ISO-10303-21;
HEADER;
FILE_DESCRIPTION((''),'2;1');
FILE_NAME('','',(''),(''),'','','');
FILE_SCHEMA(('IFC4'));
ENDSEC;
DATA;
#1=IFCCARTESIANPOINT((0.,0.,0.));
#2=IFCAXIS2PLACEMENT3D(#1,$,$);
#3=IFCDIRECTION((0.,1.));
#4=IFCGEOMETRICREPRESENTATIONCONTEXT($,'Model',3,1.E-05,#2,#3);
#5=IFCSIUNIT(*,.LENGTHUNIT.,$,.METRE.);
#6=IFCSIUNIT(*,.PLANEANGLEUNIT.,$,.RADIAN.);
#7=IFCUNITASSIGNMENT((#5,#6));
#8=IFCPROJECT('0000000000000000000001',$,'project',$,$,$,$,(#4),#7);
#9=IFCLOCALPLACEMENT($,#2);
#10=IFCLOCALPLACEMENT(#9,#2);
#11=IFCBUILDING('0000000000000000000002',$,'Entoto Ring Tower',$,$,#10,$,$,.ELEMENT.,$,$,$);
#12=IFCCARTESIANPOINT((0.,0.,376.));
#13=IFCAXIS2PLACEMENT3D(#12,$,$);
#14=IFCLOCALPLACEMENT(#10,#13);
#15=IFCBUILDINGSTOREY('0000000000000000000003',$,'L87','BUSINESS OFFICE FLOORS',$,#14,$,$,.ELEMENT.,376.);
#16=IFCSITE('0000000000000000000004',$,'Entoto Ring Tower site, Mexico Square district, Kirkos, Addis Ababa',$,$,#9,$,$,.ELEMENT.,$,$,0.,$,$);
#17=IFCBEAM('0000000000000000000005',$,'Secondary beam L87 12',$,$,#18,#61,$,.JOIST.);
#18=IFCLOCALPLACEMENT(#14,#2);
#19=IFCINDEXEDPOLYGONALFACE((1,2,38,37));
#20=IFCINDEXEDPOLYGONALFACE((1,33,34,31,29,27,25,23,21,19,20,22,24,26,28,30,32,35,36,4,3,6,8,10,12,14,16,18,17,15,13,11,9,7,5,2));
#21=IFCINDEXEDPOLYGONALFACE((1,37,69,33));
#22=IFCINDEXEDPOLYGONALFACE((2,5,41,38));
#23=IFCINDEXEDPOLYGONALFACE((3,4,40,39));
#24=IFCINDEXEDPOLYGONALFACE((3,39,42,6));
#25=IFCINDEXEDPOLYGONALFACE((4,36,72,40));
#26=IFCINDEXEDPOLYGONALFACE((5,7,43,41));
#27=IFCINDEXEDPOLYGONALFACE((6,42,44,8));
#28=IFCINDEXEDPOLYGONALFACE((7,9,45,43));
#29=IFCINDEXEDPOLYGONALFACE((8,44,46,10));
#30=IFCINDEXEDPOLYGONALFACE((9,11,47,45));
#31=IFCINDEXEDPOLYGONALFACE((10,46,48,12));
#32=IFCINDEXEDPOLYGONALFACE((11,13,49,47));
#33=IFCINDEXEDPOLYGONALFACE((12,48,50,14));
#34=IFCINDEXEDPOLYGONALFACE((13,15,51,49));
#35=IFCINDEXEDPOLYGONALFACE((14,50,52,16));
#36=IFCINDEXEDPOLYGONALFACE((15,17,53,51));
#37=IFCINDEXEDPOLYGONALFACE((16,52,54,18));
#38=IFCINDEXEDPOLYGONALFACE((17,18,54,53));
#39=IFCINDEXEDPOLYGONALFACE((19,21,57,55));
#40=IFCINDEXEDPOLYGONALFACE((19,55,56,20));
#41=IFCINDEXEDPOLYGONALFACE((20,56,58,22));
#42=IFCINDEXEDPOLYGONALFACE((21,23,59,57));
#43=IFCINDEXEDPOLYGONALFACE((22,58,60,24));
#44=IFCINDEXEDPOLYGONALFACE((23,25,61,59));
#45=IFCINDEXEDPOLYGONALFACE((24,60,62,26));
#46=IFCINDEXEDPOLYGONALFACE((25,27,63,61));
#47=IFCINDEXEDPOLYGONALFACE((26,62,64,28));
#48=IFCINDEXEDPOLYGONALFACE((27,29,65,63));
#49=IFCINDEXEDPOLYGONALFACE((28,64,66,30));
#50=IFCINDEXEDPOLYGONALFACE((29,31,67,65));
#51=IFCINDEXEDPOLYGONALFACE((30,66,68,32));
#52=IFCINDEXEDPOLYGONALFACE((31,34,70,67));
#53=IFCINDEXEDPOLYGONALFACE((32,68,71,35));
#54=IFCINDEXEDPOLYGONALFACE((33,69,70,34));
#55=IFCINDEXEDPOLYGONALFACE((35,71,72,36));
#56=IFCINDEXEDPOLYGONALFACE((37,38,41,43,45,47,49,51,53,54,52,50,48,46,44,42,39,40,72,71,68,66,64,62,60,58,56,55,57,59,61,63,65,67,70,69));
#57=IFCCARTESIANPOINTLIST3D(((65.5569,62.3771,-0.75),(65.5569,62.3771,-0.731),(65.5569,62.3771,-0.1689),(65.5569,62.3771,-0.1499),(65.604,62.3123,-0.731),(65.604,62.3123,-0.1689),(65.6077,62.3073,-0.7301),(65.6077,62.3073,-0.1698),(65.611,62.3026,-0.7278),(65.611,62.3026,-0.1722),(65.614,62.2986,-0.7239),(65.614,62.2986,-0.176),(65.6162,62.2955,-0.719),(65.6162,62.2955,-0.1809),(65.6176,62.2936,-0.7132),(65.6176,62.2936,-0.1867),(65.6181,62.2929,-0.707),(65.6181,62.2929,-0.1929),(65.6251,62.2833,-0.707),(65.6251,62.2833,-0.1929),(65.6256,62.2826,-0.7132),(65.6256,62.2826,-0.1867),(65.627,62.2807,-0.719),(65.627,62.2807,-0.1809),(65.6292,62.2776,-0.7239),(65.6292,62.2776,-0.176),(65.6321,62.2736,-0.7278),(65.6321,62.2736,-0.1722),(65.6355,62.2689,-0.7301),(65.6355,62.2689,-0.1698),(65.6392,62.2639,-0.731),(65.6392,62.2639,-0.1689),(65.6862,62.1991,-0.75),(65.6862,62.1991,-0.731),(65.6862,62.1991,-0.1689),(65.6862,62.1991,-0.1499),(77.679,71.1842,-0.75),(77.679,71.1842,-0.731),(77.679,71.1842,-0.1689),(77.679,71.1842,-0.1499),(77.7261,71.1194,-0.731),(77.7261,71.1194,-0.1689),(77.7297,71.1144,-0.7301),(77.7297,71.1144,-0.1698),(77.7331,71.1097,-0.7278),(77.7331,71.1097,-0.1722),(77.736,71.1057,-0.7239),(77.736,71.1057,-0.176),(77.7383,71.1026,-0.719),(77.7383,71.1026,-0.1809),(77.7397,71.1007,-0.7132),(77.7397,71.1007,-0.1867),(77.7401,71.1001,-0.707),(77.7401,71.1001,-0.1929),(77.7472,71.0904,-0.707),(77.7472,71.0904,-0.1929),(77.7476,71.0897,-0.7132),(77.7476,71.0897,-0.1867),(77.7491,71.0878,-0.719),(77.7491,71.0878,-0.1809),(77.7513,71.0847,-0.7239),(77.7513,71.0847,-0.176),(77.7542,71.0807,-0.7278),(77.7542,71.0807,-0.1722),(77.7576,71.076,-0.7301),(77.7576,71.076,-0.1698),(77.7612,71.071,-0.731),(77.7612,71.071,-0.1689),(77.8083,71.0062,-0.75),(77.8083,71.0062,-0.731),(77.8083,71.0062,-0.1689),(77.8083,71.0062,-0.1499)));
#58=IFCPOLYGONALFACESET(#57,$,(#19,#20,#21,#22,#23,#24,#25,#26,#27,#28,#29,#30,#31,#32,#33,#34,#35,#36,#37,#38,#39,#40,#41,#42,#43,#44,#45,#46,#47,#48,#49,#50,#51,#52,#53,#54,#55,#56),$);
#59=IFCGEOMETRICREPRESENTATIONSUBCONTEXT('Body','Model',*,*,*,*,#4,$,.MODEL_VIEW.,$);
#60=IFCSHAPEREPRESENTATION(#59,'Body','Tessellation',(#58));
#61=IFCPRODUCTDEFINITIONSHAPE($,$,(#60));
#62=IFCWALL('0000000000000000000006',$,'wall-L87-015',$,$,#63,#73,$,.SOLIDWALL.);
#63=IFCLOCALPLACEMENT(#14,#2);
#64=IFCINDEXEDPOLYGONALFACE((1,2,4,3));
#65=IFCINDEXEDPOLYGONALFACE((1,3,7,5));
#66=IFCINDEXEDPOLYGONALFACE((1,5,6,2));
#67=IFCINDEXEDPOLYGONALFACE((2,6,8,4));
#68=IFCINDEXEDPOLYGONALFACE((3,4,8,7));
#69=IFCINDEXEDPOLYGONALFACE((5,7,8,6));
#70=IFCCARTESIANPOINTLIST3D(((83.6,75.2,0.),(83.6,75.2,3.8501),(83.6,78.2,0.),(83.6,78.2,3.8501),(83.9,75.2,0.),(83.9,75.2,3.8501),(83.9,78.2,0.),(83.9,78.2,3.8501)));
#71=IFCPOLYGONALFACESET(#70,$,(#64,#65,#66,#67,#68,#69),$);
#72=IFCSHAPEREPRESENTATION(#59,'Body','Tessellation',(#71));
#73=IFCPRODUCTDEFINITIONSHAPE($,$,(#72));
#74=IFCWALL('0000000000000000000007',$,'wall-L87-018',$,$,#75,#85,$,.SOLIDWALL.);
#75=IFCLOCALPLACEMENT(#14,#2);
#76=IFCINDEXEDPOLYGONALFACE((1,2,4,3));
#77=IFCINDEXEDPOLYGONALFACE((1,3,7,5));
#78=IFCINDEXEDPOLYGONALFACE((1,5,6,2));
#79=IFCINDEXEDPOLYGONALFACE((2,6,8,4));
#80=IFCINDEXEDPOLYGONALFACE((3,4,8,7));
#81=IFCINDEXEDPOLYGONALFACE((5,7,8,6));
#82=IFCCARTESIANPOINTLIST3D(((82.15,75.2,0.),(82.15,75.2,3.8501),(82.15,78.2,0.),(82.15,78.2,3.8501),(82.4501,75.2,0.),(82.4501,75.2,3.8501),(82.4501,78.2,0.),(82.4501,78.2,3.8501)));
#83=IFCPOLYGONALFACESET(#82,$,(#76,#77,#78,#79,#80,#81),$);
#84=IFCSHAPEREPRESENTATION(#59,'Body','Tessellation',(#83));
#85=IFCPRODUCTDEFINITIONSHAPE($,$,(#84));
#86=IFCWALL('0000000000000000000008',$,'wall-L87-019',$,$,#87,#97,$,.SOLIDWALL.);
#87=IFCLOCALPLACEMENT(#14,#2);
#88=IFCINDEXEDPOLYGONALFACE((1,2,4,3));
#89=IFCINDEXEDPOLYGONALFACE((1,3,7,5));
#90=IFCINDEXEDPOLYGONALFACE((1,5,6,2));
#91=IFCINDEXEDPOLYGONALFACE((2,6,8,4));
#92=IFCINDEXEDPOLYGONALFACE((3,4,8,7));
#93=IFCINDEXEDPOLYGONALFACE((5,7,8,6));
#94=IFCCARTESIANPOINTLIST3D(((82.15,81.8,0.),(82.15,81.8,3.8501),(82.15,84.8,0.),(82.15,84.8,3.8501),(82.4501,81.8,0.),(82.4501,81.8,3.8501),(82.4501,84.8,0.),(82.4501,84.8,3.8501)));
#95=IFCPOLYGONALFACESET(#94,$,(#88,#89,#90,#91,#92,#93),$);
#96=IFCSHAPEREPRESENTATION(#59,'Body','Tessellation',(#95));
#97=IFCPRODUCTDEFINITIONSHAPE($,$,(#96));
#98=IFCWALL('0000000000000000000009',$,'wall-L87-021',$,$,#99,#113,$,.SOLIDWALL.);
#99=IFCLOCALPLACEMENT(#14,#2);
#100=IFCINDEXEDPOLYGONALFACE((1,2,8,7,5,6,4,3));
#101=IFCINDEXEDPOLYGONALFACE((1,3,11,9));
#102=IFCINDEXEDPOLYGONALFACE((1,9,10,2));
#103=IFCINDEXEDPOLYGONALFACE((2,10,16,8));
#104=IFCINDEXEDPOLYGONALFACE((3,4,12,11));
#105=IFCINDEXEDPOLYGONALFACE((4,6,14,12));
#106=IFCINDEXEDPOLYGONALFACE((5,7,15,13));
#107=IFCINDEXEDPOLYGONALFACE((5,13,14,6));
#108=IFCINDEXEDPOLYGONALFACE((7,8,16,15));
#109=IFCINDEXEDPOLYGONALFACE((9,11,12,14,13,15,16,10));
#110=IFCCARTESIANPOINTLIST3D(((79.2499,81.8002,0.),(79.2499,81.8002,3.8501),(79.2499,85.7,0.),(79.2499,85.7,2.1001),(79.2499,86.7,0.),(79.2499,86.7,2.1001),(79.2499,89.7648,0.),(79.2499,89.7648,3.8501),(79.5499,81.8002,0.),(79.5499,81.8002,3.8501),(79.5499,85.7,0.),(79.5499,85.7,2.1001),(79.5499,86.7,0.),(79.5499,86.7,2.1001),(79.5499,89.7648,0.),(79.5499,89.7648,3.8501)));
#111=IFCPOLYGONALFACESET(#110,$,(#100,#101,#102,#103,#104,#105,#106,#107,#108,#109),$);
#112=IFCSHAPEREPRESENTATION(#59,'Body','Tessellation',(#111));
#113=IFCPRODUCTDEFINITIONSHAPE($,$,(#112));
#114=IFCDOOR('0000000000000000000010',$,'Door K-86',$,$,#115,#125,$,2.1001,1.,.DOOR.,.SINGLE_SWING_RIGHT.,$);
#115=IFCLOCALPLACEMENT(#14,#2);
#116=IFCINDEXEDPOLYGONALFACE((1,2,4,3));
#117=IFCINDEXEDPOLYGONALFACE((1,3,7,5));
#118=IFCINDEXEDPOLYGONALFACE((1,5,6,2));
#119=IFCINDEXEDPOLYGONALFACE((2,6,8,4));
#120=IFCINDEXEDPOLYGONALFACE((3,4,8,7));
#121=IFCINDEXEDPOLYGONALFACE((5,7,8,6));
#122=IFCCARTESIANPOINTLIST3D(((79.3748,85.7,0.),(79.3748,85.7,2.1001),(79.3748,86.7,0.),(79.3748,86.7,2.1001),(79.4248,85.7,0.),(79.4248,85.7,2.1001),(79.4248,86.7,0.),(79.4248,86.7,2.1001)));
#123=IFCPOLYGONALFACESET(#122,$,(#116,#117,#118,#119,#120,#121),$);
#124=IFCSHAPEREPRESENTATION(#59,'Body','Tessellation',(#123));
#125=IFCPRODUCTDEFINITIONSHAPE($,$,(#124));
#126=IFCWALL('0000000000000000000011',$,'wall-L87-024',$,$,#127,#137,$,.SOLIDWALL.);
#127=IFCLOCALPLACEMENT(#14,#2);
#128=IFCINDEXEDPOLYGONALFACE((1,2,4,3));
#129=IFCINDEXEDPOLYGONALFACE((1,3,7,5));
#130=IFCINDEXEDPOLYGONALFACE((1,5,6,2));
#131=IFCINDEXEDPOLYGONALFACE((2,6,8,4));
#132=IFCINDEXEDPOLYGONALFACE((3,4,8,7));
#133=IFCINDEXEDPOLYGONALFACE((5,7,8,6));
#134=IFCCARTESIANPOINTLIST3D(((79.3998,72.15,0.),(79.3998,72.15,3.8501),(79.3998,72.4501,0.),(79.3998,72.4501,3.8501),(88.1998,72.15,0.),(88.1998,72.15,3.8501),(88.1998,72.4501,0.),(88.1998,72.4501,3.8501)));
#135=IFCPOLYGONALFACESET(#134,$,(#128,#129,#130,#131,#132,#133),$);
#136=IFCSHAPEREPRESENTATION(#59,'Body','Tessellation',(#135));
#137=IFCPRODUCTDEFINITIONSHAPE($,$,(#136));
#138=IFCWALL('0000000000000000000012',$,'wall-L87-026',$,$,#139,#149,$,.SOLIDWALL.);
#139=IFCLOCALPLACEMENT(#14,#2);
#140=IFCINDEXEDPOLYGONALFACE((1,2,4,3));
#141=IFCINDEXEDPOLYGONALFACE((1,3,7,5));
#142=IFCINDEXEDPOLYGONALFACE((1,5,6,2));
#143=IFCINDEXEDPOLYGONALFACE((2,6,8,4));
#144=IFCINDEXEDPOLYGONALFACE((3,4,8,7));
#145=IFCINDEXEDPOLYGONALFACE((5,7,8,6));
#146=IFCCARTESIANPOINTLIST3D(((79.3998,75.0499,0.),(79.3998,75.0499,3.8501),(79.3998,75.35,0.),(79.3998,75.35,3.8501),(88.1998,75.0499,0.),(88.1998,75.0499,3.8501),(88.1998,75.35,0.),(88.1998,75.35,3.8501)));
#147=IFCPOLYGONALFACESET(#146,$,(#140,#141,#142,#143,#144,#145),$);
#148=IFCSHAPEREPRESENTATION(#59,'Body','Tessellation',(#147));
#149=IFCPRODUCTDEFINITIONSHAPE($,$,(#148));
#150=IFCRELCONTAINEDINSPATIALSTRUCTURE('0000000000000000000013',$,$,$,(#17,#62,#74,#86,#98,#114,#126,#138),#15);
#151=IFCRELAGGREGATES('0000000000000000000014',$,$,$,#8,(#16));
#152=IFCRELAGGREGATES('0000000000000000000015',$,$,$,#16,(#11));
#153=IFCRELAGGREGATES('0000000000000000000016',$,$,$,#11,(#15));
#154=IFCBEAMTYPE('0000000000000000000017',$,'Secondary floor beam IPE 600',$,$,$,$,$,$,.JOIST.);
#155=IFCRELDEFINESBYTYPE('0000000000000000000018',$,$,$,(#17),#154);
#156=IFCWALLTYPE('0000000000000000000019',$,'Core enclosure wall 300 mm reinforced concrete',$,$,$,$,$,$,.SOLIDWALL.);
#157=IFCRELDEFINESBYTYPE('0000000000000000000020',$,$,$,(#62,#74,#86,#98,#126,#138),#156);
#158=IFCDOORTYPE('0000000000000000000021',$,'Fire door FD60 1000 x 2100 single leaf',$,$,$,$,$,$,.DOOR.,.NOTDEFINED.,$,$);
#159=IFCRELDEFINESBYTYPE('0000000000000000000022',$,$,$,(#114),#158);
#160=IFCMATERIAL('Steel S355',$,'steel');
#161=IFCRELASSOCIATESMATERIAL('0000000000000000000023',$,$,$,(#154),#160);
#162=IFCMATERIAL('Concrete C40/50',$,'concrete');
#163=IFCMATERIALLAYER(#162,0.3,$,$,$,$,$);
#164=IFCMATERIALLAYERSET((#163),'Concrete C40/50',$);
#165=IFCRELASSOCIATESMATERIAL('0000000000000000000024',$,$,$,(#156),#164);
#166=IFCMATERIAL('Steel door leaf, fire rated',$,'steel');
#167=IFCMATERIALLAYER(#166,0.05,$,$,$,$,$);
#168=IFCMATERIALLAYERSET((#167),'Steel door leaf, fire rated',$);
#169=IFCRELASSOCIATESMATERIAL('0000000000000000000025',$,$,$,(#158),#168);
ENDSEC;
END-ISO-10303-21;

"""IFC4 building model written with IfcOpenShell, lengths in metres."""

from ifc_helpers import new_model, si_unit, direction, frame, frame_2d, origin, origin_2d, place, context, subcontext, project, spatial, rectangle, i_section, extrude, material, layer, layer_set, material_profile, profile_set, type_object, element, fill, save


model = new_model("IFC4")

# Units and contexts
model_context = context("Model", 3, precision=1e-05, world=origin(), true_north=direction((0.0, 1.0)))
body_context = subcontext(model_context, "Body", "Model", "MODEL_VIEW")
ifc_project = project(units=[si_unit("LENGTHUNIT", "METRE"), si_unit("PLANEANGLEUNIT", "RADIAN")], contexts=[model_context])

# Site, building, storey
site_placement = place(None, origin())
site = spatial("IfcSite", under=ifc_project, at=site_placement, Name="Entoto Ring Tower site, Mexico Square district, Kirkos, Addis Ababa", CompositionType="ELEMENT", RefElevation=0.0)
building_placement = place(site_placement, origin())
building = spatial("IfcBuilding", under=site, at=building_placement, Name="Entoto Ring Tower", CompositionType="ELEMENT")
storey_placement = place(building_placement, frame((0.0, 0.0, 376.0)))
storey = spatial("IfcBuildingStorey", under=building, at=storey_placement, Name="L87", Description="BUSINESS OFFICE FLOORS", CompositionType="ELEMENT", Elevation=376.0)

# Beam
ifc_material_1 = material(Name="Steel S355", Category="steel")
ifc_material_profile = material_profile(ifc_material_1, i_section(OverallWidth=0.22, OverallDepth=0.6001, WebThickness=0.012, FlangeThickness=0.019, FilletRadius=0.0239, at=origin_2d()), Name="IPE 600")
ifc_profile_set = profile_set([ifc_material_profile], Name="Steel S355")
beam_type = type_object("IfcBeamType", Name="Secondary floor beam IPE 600", PredefinedType="JOIST", material=ifc_profile_set)
beam_placement = place(storey_placement, frame((77.7437, 71.0952, -0.45), z_axis=(-0.809019, -0.587782, 0.0), x_axis=(0.587782, -0.809019, 0.0)))
element("IfcBeam", 1, at=beam_placement, inside=storey, type_object=beam_type, Name="Secondary beam L87 12", PredefinedType="JOIST", context=body_context, shape_type="SweptSolid", body=[
    extrude(i_section(OverallWidth=0.22, OverallDepth=0.6001, WebThickness=0.012, FlangeThickness=0.019, FilletRadius=0.0239, at=origin_2d()), origin(), (0.0, 0.0, 1.0), 14.9836),
])

# Walls
ifc_material_2 = material(Name="Concrete C40/50", Category="concrete")
ifc_layer_1 = layer(ifc_material_2, 0.3)
ifc_layer_set_1 = layer_set([ifc_layer_1], Name="Concrete C40/50")
wall_type = type_object("IfcWallType", Name="Core enclosure wall 300 mm reinforced concrete", PredefinedType="SOLIDWALL", material=ifc_layer_set_1)
for number, where, z_axis, x_axis, name in (
    (2, (83.75, 75.2, 0.0), (0.0, 0.0, 1.0), (0.0, 1.0, 0.0), "wall-L87-015"),
    (3, (82.3, 75.2, 0.0), (0.0, 0.0, 1.0), (0.0, 1.0, 0.0), "wall-L87-018"),
    (4, (82.3, 81.8, 0.0), (0.0, 0.0, 1.0), (0.0, 1.0, 0.0), "wall-L87-019"),
):
    element("IfcWall", number, at=place(storey_placement, frame(where, z_axis=z_axis, x_axis=x_axis)), inside=storey, type_object=wall_type, Name=name, PredefinedType="SOLIDWALL", context=body_context, shape_type="SweptSolid", body=[
        extrude(rectangle(XDim=3.0, YDim=0.3, at=frame_2d((1.5, 0.0))), origin(), (0.0, 0.0, 1.0), 3.8501),
    ])

# Wall, opening, door
wall_1_placement = place(storey_placement, frame((79.3999, 81.8, 0.0), z_axis=(0.0, 0.0, 1.0), x_axis=(0.0, 1.0, 0.0)))
wall_1 = element("IfcWall", 5, at=wall_1_placement, inside=storey, type_object=wall_type, Name="wall-L87-021", PredefinedType="SOLIDWALL", context=body_context, shape_type="SweptSolid", body=[
    extrude(rectangle(XDim=7.9646, YDim=0.3, at=frame_2d((3.9824, 0.0))), origin(), (0.0, 0.0, 1.0), 3.8501),
])
opening_1_placement = place(wall_1_placement, frame((3.8999, 0.0, 0.0)))
opening_1 = element("IfcOpeningElement", 6, at=opening_1_placement, cuts=wall_1, PredefinedType="OPENING", context=body_context, shape_type="SweptSolid", body=[
    extrude(rectangle(XDim=1.0, YDim=2.1001, at=frame_2d((0.5, 1.05))), frame((0.0, 0.1602, 0.0), z_axis=(0.0, -1.0, 0.0), x_axis=(1.0, 0.0, 0.0)), (0.0, 0.0, 1.0), 0.3201),
])
ifc_material_3 = material(Name="Steel door leaf, fire rated", Category="steel")
ifc_layer_2 = layer(ifc_material_3, 0.05)
ifc_layer_set_2 = layer_set([ifc_layer_2], Name="Steel door leaf, fire rated")
door_type_1 = type_object("IfcDoorType", Name="Fire door FD60 1000 x 2100 single leaf", OperationType="NOTDEFINED", PredefinedType="DOOR", material=ifc_layer_set_2)
door_1_placement = place(opening_1_placement, frame((1.0, 0.0, 0.0), z_axis=(0.0, 0.0, 1.0), x_axis=(-1.0, 0.0, 0.0)))
door_1 = element("IfcDoor", 7, at=door_1_placement, inside=storey, type_object=door_type_1, Name="Door K-86", OperationType="SINGLE_SWING_RIGHT", OverallHeight=2.1001, OverallWidth=1.0, PredefinedType="DOOR", context=body_context, shape_type="SweptSolid", body=[
    extrude(rectangle(XDim=1.0, YDim=2.1001, at=frame_2d((0.5, 1.05))), frame((0.0, 0.0249, 0.0), z_axis=(0.0, -1.0, 0.0), x_axis=(1.0, 0.0, 0.0)), (0.0, 0.0, 1.0), 0.05),
])
fill(opening_1, door_1)

# Walls
for number, where, z_axis, x_axis, name in (
    (8, (79.3999, 72.3, 0.0), (0.0, 0.0, 1.0), (1.0, 0.0, 0.0), "wall-L87-024"),
    (9, (79.3999, 75.2, 0.0), (0.0, 0.0, 1.0), (1.0, 0.0, 0.0), "wall-L87-026"),
):
    element("IfcWall", number, at=place(storey_placement, frame(where, z_axis=z_axis, x_axis=x_axis)), inside=storey, type_object=wall_type, Name=name, PredefinedType="SOLIDWALL", context=body_context, shape_type="SweptSolid", body=[
        extrude(rectangle(XDim=8.8, YDim=0.3, at=frame_2d((4.3999, 0.0))), origin(), (0.0, 0.0, 1.0), 3.8501),
    ])

save(model, "model.ifc")
